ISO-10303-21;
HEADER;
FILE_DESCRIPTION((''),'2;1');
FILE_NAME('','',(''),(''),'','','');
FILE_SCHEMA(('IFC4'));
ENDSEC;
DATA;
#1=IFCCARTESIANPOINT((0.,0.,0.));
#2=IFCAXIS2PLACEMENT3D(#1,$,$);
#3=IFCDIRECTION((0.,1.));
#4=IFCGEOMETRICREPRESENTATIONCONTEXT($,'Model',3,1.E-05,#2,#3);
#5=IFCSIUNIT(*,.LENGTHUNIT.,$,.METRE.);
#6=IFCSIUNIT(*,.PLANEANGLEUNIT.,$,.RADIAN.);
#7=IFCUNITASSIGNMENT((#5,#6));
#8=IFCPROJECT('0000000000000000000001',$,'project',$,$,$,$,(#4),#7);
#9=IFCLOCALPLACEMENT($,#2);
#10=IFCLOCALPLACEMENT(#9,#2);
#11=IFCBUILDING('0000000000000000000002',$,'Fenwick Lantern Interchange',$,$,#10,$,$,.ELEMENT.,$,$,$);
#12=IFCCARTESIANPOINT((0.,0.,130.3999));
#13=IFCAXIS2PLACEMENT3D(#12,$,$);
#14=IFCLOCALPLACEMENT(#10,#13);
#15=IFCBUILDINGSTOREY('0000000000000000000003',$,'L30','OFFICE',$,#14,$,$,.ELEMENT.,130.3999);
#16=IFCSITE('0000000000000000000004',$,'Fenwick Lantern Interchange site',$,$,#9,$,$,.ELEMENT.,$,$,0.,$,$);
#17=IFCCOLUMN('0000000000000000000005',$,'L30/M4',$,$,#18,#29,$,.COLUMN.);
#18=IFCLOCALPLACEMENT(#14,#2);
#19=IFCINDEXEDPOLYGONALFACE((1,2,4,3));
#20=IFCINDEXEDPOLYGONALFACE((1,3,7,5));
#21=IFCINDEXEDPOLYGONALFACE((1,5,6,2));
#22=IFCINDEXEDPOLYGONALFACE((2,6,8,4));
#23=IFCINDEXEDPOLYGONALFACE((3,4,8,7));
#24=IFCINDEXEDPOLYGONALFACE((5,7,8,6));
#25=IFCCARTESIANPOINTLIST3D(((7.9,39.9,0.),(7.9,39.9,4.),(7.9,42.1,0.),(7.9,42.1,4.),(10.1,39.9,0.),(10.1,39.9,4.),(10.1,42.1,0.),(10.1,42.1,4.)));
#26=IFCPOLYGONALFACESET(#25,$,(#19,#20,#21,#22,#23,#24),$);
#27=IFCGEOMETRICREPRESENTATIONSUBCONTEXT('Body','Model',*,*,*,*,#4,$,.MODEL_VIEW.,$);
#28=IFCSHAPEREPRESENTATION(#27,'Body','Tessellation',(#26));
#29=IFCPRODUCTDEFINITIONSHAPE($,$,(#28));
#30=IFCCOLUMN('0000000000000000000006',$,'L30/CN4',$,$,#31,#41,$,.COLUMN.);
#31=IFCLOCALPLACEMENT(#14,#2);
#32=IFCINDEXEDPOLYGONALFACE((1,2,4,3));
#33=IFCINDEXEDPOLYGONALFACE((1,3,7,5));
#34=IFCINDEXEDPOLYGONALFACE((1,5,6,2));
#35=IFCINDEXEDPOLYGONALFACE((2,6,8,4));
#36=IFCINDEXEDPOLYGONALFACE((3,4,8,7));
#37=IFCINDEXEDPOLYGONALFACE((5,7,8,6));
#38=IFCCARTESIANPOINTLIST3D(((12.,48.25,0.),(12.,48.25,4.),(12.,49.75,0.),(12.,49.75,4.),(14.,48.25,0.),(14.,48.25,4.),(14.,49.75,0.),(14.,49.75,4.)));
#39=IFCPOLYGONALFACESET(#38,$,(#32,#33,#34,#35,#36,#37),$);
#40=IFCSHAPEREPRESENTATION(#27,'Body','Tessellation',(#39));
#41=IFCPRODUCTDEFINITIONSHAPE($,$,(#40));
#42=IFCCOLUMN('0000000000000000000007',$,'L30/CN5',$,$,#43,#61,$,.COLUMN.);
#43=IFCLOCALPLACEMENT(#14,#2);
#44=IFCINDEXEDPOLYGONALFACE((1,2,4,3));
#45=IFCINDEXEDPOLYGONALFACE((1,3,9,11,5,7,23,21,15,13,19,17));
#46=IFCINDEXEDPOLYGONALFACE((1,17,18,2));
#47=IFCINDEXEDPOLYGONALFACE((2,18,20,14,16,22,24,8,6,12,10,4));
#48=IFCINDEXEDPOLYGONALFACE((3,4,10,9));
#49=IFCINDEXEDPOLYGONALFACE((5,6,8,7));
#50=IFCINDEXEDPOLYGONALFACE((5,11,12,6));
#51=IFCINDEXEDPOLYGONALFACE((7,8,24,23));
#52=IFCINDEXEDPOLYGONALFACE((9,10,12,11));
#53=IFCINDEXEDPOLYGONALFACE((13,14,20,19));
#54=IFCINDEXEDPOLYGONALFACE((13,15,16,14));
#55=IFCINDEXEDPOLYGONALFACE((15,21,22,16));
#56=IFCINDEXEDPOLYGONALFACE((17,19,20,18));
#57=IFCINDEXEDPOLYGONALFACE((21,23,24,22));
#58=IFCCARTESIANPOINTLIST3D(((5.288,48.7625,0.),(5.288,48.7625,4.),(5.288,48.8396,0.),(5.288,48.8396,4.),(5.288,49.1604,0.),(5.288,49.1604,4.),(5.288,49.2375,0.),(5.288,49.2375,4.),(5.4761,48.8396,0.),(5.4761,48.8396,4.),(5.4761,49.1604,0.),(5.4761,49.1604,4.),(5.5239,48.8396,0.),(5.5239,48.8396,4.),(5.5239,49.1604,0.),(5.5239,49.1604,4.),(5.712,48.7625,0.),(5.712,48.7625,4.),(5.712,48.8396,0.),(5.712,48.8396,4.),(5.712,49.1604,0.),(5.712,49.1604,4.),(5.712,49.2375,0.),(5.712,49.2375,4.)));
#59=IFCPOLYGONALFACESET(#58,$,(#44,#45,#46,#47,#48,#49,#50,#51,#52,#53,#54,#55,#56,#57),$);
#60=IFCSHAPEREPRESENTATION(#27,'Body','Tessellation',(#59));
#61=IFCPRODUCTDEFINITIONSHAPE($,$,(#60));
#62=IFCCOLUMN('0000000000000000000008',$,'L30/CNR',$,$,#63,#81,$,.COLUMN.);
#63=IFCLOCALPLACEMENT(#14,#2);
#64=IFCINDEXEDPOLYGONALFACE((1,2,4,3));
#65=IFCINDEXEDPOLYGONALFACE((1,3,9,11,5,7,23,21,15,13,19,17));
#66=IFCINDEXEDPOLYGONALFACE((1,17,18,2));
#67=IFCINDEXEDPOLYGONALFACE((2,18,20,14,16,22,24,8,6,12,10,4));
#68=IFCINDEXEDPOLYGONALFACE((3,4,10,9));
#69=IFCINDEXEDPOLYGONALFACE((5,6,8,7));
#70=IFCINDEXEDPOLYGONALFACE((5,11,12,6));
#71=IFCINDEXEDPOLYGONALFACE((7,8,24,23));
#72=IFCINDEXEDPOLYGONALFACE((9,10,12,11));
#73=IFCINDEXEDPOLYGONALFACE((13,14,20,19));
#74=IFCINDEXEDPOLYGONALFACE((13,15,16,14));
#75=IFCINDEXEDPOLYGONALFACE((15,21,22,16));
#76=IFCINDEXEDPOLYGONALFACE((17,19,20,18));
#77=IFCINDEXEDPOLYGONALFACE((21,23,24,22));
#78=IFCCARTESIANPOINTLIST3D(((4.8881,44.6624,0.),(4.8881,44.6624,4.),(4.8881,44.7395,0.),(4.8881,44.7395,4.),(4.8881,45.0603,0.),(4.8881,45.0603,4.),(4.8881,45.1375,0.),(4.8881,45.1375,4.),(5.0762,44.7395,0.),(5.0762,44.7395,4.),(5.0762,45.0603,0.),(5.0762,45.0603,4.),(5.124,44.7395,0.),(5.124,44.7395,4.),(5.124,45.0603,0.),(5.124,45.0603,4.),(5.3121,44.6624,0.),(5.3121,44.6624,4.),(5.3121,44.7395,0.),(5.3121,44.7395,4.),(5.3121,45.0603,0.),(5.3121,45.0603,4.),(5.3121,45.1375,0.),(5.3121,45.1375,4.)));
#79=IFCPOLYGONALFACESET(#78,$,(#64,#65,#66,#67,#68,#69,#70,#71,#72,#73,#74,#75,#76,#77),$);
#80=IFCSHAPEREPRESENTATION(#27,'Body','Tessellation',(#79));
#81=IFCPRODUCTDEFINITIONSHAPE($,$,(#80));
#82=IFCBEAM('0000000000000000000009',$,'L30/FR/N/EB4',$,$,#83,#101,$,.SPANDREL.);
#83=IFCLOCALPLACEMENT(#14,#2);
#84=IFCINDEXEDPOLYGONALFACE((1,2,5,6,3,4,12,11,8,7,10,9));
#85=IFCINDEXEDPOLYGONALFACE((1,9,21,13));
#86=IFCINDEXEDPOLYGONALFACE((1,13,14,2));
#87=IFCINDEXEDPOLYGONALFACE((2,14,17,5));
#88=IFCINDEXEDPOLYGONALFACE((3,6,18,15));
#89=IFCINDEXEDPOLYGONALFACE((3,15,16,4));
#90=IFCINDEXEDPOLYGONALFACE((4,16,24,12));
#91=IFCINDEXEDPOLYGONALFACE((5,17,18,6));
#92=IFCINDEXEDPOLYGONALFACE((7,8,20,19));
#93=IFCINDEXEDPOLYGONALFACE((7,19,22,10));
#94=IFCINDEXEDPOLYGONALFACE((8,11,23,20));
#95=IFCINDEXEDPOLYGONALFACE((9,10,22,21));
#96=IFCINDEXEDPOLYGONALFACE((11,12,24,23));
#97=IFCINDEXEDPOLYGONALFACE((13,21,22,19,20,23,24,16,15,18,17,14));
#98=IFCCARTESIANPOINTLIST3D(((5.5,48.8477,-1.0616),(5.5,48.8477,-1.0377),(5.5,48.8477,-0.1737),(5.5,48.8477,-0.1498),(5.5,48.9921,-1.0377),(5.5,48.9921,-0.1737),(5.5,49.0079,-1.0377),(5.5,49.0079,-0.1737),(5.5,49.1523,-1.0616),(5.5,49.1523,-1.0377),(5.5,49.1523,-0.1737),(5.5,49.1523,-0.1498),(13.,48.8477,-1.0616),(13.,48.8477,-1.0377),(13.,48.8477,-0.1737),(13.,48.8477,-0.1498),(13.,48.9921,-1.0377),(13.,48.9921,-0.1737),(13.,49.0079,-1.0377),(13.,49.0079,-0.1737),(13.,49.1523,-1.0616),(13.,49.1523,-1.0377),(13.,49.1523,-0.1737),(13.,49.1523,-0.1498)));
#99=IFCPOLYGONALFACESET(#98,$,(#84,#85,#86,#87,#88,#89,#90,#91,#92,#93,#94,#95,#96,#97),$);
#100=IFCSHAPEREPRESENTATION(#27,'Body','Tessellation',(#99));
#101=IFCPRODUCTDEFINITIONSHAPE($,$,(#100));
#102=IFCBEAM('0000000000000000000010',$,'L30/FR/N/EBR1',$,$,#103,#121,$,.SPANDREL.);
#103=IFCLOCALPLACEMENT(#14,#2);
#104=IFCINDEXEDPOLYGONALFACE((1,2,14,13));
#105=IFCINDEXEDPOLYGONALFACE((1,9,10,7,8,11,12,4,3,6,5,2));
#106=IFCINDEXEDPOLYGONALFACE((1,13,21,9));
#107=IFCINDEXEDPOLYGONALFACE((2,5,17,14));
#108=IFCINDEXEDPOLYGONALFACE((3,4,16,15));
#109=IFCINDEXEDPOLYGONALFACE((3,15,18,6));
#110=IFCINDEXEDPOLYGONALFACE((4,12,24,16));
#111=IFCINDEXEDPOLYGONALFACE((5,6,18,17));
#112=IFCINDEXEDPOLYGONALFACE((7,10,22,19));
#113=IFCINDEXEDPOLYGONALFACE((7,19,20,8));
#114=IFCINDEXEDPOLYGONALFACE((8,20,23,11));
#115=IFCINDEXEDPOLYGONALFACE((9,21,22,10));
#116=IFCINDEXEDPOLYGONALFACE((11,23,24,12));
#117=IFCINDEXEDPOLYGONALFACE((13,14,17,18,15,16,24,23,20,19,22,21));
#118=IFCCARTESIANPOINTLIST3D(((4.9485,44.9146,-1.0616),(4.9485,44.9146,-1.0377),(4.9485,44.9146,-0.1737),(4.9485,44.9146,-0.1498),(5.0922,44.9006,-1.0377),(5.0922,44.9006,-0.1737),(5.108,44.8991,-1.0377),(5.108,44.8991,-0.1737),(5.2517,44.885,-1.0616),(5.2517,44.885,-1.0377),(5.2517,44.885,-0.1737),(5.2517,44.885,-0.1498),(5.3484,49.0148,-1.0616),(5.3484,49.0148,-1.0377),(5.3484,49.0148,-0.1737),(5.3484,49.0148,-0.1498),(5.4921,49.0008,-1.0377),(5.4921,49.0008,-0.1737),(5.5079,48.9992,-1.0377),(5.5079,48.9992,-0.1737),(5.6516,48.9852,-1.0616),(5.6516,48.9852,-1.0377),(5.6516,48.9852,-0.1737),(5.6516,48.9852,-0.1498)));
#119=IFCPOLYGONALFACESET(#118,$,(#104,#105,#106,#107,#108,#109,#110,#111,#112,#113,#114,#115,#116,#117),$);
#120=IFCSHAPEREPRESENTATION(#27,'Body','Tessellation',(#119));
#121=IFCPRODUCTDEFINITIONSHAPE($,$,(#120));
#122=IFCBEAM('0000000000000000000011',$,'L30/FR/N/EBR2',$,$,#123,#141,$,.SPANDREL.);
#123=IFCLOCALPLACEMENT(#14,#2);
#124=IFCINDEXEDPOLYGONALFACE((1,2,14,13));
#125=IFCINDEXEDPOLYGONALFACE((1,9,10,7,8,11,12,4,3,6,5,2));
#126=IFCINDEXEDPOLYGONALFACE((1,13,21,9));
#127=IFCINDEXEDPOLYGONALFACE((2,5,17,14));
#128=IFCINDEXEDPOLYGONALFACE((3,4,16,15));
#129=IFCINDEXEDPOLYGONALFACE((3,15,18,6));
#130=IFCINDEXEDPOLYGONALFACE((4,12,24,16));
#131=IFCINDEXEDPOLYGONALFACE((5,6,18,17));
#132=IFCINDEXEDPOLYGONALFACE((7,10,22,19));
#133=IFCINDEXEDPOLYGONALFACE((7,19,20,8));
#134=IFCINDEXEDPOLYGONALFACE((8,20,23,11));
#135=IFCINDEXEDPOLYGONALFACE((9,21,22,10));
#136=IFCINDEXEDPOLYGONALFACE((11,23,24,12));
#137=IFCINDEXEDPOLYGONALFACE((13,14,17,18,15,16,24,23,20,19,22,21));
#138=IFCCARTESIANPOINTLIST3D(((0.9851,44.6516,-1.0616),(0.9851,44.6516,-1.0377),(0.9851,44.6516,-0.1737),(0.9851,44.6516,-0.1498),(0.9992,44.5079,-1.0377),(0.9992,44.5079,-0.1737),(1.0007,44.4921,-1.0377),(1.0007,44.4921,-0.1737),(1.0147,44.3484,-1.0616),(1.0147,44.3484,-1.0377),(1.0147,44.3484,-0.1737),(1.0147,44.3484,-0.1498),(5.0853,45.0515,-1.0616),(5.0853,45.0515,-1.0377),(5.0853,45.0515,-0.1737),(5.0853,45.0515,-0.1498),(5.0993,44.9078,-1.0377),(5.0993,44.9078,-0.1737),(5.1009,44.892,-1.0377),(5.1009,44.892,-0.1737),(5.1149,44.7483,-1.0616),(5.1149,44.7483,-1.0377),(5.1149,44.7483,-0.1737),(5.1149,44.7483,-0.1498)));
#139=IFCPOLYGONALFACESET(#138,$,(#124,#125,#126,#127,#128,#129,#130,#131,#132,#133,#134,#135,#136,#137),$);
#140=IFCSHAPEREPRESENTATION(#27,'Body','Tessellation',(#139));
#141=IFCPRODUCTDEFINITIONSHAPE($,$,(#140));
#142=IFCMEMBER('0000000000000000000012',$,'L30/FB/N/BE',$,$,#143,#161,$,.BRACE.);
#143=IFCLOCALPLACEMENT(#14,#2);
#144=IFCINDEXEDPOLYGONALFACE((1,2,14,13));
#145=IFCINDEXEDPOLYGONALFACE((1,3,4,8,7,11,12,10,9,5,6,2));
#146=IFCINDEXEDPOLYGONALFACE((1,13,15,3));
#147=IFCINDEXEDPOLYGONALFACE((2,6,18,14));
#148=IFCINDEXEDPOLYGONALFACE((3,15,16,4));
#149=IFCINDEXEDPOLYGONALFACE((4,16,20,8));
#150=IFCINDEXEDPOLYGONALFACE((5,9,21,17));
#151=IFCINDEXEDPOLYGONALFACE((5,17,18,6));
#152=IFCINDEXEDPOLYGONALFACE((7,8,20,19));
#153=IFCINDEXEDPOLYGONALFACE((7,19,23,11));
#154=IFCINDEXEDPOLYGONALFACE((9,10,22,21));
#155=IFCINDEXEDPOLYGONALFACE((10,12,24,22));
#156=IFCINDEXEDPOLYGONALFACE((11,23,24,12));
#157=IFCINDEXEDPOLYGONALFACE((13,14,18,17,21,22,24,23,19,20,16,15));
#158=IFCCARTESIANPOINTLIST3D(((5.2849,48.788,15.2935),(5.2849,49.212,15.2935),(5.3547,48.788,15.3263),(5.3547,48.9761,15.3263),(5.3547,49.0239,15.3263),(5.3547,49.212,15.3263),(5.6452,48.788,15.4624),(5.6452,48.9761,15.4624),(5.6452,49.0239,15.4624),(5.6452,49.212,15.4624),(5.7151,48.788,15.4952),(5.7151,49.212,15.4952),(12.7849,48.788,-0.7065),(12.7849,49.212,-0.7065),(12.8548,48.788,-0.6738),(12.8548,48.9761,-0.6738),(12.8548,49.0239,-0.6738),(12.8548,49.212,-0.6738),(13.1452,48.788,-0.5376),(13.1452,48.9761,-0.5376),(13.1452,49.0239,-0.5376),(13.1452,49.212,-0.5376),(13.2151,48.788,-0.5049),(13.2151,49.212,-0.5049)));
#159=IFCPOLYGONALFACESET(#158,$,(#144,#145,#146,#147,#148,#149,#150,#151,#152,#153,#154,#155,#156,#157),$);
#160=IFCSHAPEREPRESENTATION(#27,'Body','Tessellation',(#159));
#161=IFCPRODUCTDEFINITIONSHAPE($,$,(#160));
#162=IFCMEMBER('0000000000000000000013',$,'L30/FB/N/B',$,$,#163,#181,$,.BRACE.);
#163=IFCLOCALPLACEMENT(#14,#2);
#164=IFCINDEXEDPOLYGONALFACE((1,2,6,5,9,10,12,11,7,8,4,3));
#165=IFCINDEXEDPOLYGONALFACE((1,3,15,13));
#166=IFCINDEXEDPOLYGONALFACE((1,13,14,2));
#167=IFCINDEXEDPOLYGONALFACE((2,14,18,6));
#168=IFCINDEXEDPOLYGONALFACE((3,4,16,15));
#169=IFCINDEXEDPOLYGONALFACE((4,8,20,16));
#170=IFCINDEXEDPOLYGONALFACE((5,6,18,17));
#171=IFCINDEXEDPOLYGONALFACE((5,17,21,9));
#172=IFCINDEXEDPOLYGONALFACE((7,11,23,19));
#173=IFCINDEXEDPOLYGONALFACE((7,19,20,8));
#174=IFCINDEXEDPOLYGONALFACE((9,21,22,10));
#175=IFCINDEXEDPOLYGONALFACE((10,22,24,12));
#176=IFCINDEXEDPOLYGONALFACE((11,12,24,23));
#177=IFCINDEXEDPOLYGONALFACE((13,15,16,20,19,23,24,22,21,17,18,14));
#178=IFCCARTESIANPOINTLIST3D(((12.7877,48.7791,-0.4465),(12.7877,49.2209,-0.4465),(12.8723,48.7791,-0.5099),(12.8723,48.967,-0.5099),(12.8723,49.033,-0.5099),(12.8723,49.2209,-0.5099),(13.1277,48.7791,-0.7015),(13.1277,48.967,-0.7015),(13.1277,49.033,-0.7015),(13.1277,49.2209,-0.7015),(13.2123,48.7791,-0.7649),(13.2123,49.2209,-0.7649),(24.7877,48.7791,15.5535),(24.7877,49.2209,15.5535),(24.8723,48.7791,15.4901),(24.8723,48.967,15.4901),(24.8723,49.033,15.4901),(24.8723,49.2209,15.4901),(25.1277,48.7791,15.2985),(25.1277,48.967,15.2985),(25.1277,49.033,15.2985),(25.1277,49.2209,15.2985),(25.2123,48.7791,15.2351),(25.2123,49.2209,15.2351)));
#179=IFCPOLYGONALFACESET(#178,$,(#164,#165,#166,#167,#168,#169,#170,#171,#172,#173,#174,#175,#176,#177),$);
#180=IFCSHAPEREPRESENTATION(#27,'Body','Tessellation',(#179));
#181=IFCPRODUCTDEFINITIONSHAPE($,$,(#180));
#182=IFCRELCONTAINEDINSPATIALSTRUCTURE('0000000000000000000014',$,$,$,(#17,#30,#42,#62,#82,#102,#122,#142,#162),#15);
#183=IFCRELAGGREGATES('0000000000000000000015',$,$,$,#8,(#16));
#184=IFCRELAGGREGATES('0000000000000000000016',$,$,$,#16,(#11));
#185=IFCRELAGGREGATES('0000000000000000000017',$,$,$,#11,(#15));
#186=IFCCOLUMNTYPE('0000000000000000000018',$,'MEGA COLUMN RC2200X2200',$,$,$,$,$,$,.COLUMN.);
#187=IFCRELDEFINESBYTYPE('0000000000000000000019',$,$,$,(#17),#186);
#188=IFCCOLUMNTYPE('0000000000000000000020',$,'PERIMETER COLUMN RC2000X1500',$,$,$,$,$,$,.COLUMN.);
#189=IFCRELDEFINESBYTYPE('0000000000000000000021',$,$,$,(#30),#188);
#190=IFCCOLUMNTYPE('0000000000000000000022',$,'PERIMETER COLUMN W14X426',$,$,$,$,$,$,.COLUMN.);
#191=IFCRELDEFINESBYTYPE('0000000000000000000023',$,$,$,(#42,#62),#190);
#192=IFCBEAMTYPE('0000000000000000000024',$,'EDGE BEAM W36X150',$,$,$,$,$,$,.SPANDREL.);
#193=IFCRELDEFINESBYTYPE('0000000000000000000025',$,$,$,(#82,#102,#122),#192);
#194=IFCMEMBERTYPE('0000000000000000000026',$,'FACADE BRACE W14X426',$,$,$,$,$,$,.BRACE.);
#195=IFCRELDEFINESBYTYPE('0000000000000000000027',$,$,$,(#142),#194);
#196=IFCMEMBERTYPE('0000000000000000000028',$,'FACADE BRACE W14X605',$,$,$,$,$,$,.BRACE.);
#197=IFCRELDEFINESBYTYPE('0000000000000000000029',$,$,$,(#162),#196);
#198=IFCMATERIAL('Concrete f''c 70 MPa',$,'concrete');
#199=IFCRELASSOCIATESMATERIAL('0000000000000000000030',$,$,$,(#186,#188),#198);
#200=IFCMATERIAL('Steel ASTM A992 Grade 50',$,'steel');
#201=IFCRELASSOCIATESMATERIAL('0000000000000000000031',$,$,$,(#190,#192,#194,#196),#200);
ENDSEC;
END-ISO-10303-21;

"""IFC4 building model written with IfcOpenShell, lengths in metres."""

from ifc_helpers import new_model, si_unit, direction, frame, origin, origin_2d, place, context, subcontext, project, spatial, rectangle, i_section, extrude, material, material_profile, profile_set, type_object, element, save


model = new_model("IFC4")

# Units and contexts
model_context = context("Model", 3, precision=1e-05, world=origin(), true_north=direction((0.0, 1.0)))
body_context = subcontext(model_context, "Body", "Model", "MODEL_VIEW")
ifc_project = project(units=[si_unit("LENGTHUNIT", "METRE"), si_unit("PLANEANGLEUNIT", "RADIAN")], contexts=[model_context])

# Site, building, storey
site_placement = place(None, origin())
site = spatial("IfcSite", under=ifc_project, at=site_placement, Name="Fenwick Lantern Interchange site", CompositionType="ELEMENT", RefElevation=0.0)
building_placement = place(site_placement, origin())
building = spatial("IfcBuilding", under=site, at=building_placement, Name="Fenwick Lantern Interchange", CompositionType="ELEMENT")
storey_placement = place(building_placement, frame((0.0, 0.0, 130.3999)))
storey = spatial("IfcBuildingStorey", under=building, at=storey_placement, Name="L30", Description="OFFICE", CompositionType="ELEMENT", Elevation=130.3999)

# Columns
ifc_material_1 = material(Name="Concrete f'c 70 MPa", Category="concrete")
ifc_material_profile_1 = material_profile(ifc_material_1, rectangle(XDim=2.2, YDim=2.2, at=origin_2d()), Name="RC2200X2200")
ifc_profile_set_1 = profile_set([ifc_material_profile_1], Name="Concrete f'c 70 MPa")
column_type_1 = type_object("IfcColumnType", Name="MEGA COLUMN RC2200X2200", PredefinedType="COLUMN", material=ifc_profile_set_1)
column_1_placement = place(storey_placement, frame((9.0, 41.0, 0.0), z_axis=(0.0, 0.0, 1.0), x_axis=(1.0, 0.0, 0.0)))
element("IfcColumn", 1, at=column_1_placement, inside=storey, type_object=column_type_1, Name="L30/M4", PredefinedType="COLUMN", context=body_context, shape_type="SweptSolid", body=[
    extrude(rectangle(XDim=2.2, YDim=2.2, at=origin_2d()), origin(), (0.0, 0.0, 1.0), 4.0),
])
ifc_material_profile_2 = material_profile(ifc_material_1, rectangle(XDim=2.0, YDim=1.5, at=origin_2d()), Name="RC2000X1500")
ifc_profile_set_2 = profile_set([ifc_material_profile_2], Name="Concrete f'c 70 MPa")
column_type_2 = type_object("IfcColumnType", Name="PERIMETER COLUMN RC2000X1500", PredefinedType="COLUMN", material=ifc_profile_set_2)
column_2_placement = place(storey_placement, frame((13.0, 49.0, 0.0), z_axis=(0.0, 0.0, 1.0), x_axis=(1.0, 0.0, 0.0)))
element("IfcColumn", 2, at=column_2_placement, inside=storey, type_object=column_type_2, Name="L30/CN4", PredefinedType="COLUMN", context=body_context, shape_type="SweptSolid", body=[
    extrude(rectangle(XDim=2.0, YDim=1.5, at=origin_2d()), origin(), (0.0, 0.0, 1.0), 4.0),
])
ifc_material_2 = material(Name="Steel ASTM A992 Grade 50", Category="steel")
ifc_material_profile_3 = material_profile(ifc_material_2, i_section(OverallWidth=0.4241, OverallDepth=0.4751, WebThickness=0.0479, FlangeThickness=0.0771, at=origin_2d()), Name="W14X426")
ifc_profile_set_3 = profile_set([ifc_material_profile_3], Name="Steel ASTM A992 Grade 50")
column_type_3 = type_object("IfcColumnType", Name="PERIMETER COLUMN W14X426", PredefinedType="COLUMN", material=ifc_profile_set_3)
for number, where, z_axis, x_axis, name in (
    (3, (5.5, 49.0, 0.0), (0.0, 0.0, 1.0), (1.0, 0.0, 0.0), "L30/CN5"),
    (4, (5.1001, 44.8999, 0.0), (0.0, 0.0, 1.0), (1.0, 0.0, 0.0), "L30/CNR"),
):
    element("IfcColumn", number, at=place(storey_placement, frame(where, z_axis=z_axis, x_axis=x_axis)), inside=storey, type_object=column_type_3, Name=name, PredefinedType="COLUMN", context=body_context, shape_type="SweptSolid", body=[
        extrude(i_section(OverallWidth=0.4241, OverallDepth=0.4751, WebThickness=0.0479, FlangeThickness=0.0771, at=origin_2d()), origin(), (0.0, 0.0, 1.0), 4.0),
    ])

# Beams
ifc_material_profile_4 = material_profile(ifc_material_2, i_section(OverallWidth=0.3047, OverallDepth=0.9119, WebThickness=0.0159, FlangeThickness=0.0239, at=origin_2d()), Name="W36X150")
ifc_profile_set_4 = profile_set([ifc_material_profile_4], Name="Steel ASTM A992 Grade 50")
beam_type_1 = type_object("IfcBeamType", Name="EDGE BEAM W36X150", PredefinedType="SPANDREL", material=ifc_profile_set_4)
beam_1_placement = place(storey_placement, frame((13.0, 49.0, -0.6057), z_axis=(-1.0, 0.0, 0.0), x_axis=(0.0, -1.0, 0.0)))
element("IfcBeam", 5, at=beam_1_placement, inside=storey, type_object=beam_type_1, Name="L30/FR/N/EB4", PredefinedType="SPANDREL", context=body_context, shape_type="SweptSolid", body=[
    extrude(i_section(OverallWidth=0.3047, OverallDepth=0.9119, WebThickness=0.0159, FlangeThickness=0.0239, at=origin_2d()), origin(), (0.0, 0.0, 1.0), 7.5),
])
for number, where, z_axis, x_axis, name in (
    (6, (5.5, 49.0, -0.6057), (-0.097074, -0.995277, 0.0), (0.995277, -0.097074, 0.0), "L30/FR/N/EBR1"),
    (7, (5.1001, 44.8999, -0.6057), (-0.995277, -0.097074, 0.0), (0.097074, -0.995277, 0.0), "L30/FR/N/EBR2"),
):
    element("IfcBeam", number, at=place(storey_placement, frame(where, z_axis=z_axis, x_axis=x_axis)), inside=storey, type_object=beam_type_1, Name=name, PredefinedType="SPANDREL", context=body_context, shape_type="SweptSolid", body=[
        extrude(i_section(OverallWidth=0.3047, OverallDepth=0.9119, WebThickness=0.0159, FlangeThickness=0.0239, at=origin_2d()), origin(), (0.0, 0.0, 1.0), 4.1196),
    ])

# Members
ifc_material_profile_5 = material_profile(ifc_material_2, i_section(OverallWidth=0.4241, OverallDepth=0.4751, WebThickness=0.0479, FlangeThickness=0.0771, at=origin_2d()), Name="W14X426")
ifc_profile_set_5 = profile_set([ifc_material_profile_5], Name="Steel ASTM A992 Grade 50")
member_type_1 = type_object("IfcMemberType", Name="FACADE BRACE W14X426", PredefinedType="BRACE", material=ifc_profile_set_5)
member_1_placement = place(storey_placement, frame((13.0, 49.0, -0.6057), z_axis=(-0.424434, 0.0, 0.905459), x_axis=(0.0, -1.0, 0.0)))
element("IfcMember", 8, at=member_1_placement, inside=storey, type_object=member_type_1, Name="L30/FB/N/BE", PredefinedType="BRACE", context=body_context, shape_type="SweptSolid", body=[
    extrude(i_section(OverallWidth=0.4241, OverallDepth=0.4751, WebThickness=0.0479, FlangeThickness=0.0771, at=origin_2d()), origin(), (0.0, 0.0, 1.0), 17.6707),
])
ifc_material_profile_6 = material_profile(ifc_material_2, i_section(OverallWidth=0.4419, OverallDepth=0.5308, WebThickness=0.0659, FlangeThickness=0.1057, at=origin_2d()), Name="W14X605")
ifc_profile_set_6 = profile_set([ifc_material_profile_6], Name="Steel ASTM A992 Grade 50")
member_type_2 = type_object("IfcMemberType", Name="FACADE BRACE W14X605", PredefinedType="BRACE", material=ifc_profile_set_6)
member_2_placement = place(storey_placement, frame((13.0, 49.0, -0.6057), z_axis=(0.6, 0.0, 0.8), x_axis=(0.0, 1.0, 0.0)))
element("IfcMember", 9, at=member_2_placement, inside=storey, type_object=member_type_2, Name="L30/FB/N/B", PredefinedType="BRACE", context=body_context, shape_type="SweptSolid", body=[
    extrude(i_section(OverallWidth=0.4419, OverallDepth=0.5308, WebThickness=0.0659, FlangeThickness=0.1057, at=origin_2d()), origin(), (0.0, 0.0, 1.0), 20.0),
])

save(model, "model.ifc")
